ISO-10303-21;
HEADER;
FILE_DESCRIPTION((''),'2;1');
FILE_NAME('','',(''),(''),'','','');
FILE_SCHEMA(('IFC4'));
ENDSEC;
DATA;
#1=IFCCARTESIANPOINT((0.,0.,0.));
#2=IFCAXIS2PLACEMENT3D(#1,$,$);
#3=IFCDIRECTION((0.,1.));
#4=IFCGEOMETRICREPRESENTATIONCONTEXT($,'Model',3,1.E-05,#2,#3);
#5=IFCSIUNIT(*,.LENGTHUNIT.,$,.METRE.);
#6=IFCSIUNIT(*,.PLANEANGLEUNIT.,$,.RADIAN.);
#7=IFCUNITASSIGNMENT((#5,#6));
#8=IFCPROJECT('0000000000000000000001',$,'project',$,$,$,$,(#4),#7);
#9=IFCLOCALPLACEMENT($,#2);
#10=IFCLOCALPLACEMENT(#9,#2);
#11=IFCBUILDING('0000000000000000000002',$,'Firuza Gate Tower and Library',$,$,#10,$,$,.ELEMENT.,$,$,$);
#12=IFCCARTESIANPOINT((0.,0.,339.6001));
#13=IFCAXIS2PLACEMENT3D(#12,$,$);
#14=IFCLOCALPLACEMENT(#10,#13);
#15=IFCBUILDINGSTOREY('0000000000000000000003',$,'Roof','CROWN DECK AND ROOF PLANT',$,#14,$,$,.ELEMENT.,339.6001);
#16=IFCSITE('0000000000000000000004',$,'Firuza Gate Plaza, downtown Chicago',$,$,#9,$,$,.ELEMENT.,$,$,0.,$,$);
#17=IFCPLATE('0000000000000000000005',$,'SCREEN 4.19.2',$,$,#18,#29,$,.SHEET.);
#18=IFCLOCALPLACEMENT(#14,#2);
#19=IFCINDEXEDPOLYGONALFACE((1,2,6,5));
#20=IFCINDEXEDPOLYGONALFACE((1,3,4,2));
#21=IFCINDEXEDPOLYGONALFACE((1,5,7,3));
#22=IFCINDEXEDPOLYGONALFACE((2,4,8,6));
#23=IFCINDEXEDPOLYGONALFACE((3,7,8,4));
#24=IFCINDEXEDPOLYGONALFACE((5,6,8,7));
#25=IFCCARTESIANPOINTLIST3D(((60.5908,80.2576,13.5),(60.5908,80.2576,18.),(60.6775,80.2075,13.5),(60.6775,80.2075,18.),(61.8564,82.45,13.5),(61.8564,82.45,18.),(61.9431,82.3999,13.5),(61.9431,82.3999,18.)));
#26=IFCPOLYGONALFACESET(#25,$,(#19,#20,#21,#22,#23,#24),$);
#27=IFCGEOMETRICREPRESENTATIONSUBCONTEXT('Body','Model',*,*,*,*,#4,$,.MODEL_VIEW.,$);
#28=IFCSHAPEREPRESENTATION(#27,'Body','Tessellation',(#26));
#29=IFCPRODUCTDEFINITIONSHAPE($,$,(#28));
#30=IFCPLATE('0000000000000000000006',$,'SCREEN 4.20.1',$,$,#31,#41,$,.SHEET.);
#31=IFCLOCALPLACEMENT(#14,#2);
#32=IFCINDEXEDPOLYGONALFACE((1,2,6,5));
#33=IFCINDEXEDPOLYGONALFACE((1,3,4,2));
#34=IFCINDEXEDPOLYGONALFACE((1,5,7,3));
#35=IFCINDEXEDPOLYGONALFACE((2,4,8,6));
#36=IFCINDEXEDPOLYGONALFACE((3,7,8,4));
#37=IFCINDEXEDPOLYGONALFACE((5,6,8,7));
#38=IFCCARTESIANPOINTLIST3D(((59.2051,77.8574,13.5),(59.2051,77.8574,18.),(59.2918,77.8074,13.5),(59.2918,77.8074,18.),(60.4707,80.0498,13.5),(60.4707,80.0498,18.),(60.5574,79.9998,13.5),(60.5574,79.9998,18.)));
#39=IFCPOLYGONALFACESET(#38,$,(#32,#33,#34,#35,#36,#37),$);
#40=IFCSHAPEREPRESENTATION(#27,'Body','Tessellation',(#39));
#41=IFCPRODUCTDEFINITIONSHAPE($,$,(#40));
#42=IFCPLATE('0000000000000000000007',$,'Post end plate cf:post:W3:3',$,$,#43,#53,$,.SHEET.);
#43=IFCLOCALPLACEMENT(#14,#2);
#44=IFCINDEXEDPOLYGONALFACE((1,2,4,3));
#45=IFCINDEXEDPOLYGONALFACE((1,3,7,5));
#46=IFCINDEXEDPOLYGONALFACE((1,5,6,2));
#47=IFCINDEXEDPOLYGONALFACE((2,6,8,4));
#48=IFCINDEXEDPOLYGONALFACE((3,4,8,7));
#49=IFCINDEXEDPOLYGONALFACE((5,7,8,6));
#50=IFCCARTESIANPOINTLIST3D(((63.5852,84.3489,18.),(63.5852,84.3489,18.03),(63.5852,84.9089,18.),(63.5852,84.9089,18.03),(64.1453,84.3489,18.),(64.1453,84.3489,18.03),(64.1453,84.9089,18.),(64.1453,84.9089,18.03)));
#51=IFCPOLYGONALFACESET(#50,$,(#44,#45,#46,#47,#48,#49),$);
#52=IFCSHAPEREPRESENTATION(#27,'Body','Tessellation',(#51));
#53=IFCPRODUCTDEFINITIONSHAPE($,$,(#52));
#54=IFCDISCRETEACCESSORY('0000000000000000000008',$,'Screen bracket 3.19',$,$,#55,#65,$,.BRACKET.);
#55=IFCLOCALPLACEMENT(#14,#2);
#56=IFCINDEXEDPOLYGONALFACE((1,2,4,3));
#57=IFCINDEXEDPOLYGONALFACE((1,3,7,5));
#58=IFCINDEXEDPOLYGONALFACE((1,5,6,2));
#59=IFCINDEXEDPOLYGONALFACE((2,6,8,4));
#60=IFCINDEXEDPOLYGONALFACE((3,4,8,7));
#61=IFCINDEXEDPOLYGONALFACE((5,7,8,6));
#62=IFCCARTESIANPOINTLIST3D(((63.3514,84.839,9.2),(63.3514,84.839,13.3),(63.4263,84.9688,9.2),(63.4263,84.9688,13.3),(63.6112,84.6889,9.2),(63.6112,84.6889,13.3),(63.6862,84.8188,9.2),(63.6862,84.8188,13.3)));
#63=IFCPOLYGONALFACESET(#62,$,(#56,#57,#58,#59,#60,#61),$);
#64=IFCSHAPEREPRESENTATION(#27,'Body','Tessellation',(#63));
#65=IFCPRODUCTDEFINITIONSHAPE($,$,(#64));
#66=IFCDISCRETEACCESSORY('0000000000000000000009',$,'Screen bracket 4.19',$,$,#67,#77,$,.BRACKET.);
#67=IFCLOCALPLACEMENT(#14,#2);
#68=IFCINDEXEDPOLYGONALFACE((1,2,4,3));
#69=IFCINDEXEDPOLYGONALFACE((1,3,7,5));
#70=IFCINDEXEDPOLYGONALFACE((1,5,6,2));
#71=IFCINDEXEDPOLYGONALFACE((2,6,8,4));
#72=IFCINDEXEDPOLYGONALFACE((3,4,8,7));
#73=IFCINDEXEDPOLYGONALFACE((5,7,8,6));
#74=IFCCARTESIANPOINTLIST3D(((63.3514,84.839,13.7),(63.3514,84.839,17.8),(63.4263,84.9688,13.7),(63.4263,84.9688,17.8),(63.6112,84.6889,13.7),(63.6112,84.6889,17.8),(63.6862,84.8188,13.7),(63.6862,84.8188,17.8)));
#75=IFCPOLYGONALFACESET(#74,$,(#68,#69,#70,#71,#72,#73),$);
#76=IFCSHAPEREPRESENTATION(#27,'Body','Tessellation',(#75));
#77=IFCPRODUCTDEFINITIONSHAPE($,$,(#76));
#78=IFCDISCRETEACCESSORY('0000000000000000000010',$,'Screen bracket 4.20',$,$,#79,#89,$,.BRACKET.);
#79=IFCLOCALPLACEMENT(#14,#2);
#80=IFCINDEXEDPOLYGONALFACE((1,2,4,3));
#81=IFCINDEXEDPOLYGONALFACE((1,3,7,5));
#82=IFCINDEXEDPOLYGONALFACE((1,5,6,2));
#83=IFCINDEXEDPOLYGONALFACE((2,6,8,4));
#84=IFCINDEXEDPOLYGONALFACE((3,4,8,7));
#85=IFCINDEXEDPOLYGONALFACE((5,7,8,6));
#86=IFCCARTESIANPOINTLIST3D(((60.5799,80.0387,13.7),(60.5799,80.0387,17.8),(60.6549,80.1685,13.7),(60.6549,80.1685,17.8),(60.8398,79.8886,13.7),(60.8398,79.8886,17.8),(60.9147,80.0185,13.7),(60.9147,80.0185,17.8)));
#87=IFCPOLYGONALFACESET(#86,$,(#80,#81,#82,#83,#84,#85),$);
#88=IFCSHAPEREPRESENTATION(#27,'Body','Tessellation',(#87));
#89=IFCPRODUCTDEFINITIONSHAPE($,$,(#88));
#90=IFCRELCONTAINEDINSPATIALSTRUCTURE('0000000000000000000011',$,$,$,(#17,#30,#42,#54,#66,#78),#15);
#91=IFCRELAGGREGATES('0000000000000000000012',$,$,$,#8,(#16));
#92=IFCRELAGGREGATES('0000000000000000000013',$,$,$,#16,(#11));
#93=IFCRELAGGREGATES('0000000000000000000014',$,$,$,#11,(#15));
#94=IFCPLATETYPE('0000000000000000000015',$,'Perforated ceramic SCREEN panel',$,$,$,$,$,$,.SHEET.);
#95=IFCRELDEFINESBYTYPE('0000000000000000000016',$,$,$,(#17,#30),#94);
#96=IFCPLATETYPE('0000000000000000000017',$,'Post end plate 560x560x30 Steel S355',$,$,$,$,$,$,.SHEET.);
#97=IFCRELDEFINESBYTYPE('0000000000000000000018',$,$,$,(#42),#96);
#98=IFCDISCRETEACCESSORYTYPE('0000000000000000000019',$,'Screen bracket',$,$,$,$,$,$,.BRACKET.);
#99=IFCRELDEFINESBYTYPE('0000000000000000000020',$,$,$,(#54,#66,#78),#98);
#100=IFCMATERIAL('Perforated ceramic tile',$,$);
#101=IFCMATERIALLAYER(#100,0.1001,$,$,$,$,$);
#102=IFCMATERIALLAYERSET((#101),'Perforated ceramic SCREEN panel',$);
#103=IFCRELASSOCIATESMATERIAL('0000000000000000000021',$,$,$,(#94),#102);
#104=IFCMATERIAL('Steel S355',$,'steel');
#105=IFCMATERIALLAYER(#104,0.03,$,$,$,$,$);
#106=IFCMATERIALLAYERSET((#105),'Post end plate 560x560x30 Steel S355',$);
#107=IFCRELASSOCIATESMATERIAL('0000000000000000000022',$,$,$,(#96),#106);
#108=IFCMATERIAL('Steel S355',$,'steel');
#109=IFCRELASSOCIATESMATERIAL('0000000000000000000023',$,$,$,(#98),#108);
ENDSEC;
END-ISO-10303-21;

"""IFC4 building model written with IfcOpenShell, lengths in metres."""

from ifc_helpers import new_model, si_unit, direction, frame, origin, origin_2d, place, context, subcontext, project, spatial, polyline, rectangle, outline, extrude, material, layer, layer_set, type_object, element, save


model = new_model("IFC4")

# Units and contexts
model_context = context("Model", 3, precision=1e-05, world=origin(), true_north=direction((0.0, 1.0)))
body_context = subcontext(model_context, "Body", "Model", "MODEL_VIEW")
ifc_project = project(units=[si_unit("LENGTHUNIT", "METRE"), si_unit("PLANEANGLEUNIT", "RADIAN")], contexts=[model_context])

# Site, building, storey
site_placement = place(None, origin())
site = spatial("IfcSite", under=ifc_project, at=site_placement, Name="Firuza Gate Plaza, downtown Chicago", CompositionType="ELEMENT", RefElevation=0.0)
building_placement = place(site_placement, origin())
building = spatial("IfcBuilding", under=site, at=building_placement, Name="Firuza Gate Tower and Library", CompositionType="ELEMENT")
storey_placement = place(building_placement, frame((0.0, 0.0, 339.6001)))
storey = spatial("IfcBuildingStorey", under=building, at=storey_placement, Name="Roof", Description="CROWN DECK AND ROOF PLANT", CompositionType="ELEMENT", Elevation=339.6001)

# Plates
ifc_material_1 = material(Name="Perforated ceramic tile")
ifc_layer_1 = layer(ifc_material_1, 0.1001)
ifc_layer_set_1 = layer_set([ifc_layer_1], Name="Perforated ceramic SCREEN panel")
plate_type_1 = type_object("IfcPlateType", Name="Perforated ceramic SCREEN panel", PredefinedType="SHEET", material=ifc_layer_set_1)
for number, where, z_axis, x_axis, name in (
    (1, (61.8564, 82.45, 13.5), (-0.866051, 0.499956, 0.0), (-0.499956, -0.866051, 0.0), "SCREEN 4.19.2"),
    (2, (60.4707, 80.0498, 13.5), (-0.866051, 0.499956, 0.0), (-0.499956, -0.866051, 0.0), "SCREEN 4.20.1"),
):
    element("IfcPlate", number, at=place(storey_placement, frame(where, z_axis=z_axis, x_axis=x_axis)), inside=storey, type_object=plate_type_1, Name=name, PredefinedType="SHEET", context=body_context, shape_type="SweptSolid", body=[
        extrude(outline(polyline([(0.0, 0.0), (2.5315, 0.0), (2.5315, 4.5), (0.0, 4.5), (0.0, 0.0)])), origin(), (0.0, 0.0, -1.0), 0.1001),
    ])
ifc_material_2 = material(Name="Steel S355", Category="steel")
ifc_layer_2 = layer(ifc_material_2, 0.03)
ifc_layer_set_2 = layer_set([ifc_layer_2], Name="Post end plate 560x560x30 Steel S355")
plate_type_2 = type_object("IfcPlateType", Name="Post end plate 560x560x30 Steel S355", PredefinedType="SHEET", material=ifc_layer_set_2)
plate_1_placement = place(storey_placement, frame((63.8652, 84.6289, 18.0), z_axis=(0.0, 0.0, 1.0), x_axis=(1.0, 0.0, 0.0)))
element("IfcPlate", 3, at=plate_1_placement, inside=storey, type_object=plate_type_2, Name="Post end plate cf:post:W3:3", PredefinedType="SHEET", context=body_context, shape_type="SweptSolid", body=[
    extrude(rectangle(XDim=0.5601, YDim=0.5601, at=origin_2d()), origin(), (0.0, 0.0, 1.0), 0.03),
])

# Discrete accessories
ifc_material_3 = material(Name="Steel S355", Category="steel")
discrete_accessory_type = type_object("IfcDiscreteAccessoryType", Name="Screen bracket", PredefinedType="BRACKET", material=ifc_material_3)
for number, where, z_axis, x_axis, name in (
    (4, (63.5188, 84.8289, 9.2), (0.0, 0.0, 1.0), (-0.866025, 0.5, 0.0), "Screen bracket 3.19"),
    (5, (63.5188, 84.8289, 13.7), (0.0, 0.0, 1.0), (-0.866025, 0.5, 0.0), "Screen bracket 4.19"),
    (6, (60.7473, 80.0286, 13.7), (0.0, 0.0, 1.0), (-0.866025, 0.5, 0.0), "Screen bracket 4.20"),
):
    element("IfcDiscreteAccessory", number, at=place(storey_placement, frame(where, z_axis=z_axis, x_axis=x_axis)), inside=storey, type_object=discrete_accessory_type, Name=name, PredefinedType="BRACKET", context=body_context, shape_type="SweptSolid", body=[
        extrude(rectangle(XDim=0.3, YDim=0.1499, at=origin_2d()), origin(), (0.0, 0.0, 1.0), 4.1001),
    ])

save(model, "model.ifc")
